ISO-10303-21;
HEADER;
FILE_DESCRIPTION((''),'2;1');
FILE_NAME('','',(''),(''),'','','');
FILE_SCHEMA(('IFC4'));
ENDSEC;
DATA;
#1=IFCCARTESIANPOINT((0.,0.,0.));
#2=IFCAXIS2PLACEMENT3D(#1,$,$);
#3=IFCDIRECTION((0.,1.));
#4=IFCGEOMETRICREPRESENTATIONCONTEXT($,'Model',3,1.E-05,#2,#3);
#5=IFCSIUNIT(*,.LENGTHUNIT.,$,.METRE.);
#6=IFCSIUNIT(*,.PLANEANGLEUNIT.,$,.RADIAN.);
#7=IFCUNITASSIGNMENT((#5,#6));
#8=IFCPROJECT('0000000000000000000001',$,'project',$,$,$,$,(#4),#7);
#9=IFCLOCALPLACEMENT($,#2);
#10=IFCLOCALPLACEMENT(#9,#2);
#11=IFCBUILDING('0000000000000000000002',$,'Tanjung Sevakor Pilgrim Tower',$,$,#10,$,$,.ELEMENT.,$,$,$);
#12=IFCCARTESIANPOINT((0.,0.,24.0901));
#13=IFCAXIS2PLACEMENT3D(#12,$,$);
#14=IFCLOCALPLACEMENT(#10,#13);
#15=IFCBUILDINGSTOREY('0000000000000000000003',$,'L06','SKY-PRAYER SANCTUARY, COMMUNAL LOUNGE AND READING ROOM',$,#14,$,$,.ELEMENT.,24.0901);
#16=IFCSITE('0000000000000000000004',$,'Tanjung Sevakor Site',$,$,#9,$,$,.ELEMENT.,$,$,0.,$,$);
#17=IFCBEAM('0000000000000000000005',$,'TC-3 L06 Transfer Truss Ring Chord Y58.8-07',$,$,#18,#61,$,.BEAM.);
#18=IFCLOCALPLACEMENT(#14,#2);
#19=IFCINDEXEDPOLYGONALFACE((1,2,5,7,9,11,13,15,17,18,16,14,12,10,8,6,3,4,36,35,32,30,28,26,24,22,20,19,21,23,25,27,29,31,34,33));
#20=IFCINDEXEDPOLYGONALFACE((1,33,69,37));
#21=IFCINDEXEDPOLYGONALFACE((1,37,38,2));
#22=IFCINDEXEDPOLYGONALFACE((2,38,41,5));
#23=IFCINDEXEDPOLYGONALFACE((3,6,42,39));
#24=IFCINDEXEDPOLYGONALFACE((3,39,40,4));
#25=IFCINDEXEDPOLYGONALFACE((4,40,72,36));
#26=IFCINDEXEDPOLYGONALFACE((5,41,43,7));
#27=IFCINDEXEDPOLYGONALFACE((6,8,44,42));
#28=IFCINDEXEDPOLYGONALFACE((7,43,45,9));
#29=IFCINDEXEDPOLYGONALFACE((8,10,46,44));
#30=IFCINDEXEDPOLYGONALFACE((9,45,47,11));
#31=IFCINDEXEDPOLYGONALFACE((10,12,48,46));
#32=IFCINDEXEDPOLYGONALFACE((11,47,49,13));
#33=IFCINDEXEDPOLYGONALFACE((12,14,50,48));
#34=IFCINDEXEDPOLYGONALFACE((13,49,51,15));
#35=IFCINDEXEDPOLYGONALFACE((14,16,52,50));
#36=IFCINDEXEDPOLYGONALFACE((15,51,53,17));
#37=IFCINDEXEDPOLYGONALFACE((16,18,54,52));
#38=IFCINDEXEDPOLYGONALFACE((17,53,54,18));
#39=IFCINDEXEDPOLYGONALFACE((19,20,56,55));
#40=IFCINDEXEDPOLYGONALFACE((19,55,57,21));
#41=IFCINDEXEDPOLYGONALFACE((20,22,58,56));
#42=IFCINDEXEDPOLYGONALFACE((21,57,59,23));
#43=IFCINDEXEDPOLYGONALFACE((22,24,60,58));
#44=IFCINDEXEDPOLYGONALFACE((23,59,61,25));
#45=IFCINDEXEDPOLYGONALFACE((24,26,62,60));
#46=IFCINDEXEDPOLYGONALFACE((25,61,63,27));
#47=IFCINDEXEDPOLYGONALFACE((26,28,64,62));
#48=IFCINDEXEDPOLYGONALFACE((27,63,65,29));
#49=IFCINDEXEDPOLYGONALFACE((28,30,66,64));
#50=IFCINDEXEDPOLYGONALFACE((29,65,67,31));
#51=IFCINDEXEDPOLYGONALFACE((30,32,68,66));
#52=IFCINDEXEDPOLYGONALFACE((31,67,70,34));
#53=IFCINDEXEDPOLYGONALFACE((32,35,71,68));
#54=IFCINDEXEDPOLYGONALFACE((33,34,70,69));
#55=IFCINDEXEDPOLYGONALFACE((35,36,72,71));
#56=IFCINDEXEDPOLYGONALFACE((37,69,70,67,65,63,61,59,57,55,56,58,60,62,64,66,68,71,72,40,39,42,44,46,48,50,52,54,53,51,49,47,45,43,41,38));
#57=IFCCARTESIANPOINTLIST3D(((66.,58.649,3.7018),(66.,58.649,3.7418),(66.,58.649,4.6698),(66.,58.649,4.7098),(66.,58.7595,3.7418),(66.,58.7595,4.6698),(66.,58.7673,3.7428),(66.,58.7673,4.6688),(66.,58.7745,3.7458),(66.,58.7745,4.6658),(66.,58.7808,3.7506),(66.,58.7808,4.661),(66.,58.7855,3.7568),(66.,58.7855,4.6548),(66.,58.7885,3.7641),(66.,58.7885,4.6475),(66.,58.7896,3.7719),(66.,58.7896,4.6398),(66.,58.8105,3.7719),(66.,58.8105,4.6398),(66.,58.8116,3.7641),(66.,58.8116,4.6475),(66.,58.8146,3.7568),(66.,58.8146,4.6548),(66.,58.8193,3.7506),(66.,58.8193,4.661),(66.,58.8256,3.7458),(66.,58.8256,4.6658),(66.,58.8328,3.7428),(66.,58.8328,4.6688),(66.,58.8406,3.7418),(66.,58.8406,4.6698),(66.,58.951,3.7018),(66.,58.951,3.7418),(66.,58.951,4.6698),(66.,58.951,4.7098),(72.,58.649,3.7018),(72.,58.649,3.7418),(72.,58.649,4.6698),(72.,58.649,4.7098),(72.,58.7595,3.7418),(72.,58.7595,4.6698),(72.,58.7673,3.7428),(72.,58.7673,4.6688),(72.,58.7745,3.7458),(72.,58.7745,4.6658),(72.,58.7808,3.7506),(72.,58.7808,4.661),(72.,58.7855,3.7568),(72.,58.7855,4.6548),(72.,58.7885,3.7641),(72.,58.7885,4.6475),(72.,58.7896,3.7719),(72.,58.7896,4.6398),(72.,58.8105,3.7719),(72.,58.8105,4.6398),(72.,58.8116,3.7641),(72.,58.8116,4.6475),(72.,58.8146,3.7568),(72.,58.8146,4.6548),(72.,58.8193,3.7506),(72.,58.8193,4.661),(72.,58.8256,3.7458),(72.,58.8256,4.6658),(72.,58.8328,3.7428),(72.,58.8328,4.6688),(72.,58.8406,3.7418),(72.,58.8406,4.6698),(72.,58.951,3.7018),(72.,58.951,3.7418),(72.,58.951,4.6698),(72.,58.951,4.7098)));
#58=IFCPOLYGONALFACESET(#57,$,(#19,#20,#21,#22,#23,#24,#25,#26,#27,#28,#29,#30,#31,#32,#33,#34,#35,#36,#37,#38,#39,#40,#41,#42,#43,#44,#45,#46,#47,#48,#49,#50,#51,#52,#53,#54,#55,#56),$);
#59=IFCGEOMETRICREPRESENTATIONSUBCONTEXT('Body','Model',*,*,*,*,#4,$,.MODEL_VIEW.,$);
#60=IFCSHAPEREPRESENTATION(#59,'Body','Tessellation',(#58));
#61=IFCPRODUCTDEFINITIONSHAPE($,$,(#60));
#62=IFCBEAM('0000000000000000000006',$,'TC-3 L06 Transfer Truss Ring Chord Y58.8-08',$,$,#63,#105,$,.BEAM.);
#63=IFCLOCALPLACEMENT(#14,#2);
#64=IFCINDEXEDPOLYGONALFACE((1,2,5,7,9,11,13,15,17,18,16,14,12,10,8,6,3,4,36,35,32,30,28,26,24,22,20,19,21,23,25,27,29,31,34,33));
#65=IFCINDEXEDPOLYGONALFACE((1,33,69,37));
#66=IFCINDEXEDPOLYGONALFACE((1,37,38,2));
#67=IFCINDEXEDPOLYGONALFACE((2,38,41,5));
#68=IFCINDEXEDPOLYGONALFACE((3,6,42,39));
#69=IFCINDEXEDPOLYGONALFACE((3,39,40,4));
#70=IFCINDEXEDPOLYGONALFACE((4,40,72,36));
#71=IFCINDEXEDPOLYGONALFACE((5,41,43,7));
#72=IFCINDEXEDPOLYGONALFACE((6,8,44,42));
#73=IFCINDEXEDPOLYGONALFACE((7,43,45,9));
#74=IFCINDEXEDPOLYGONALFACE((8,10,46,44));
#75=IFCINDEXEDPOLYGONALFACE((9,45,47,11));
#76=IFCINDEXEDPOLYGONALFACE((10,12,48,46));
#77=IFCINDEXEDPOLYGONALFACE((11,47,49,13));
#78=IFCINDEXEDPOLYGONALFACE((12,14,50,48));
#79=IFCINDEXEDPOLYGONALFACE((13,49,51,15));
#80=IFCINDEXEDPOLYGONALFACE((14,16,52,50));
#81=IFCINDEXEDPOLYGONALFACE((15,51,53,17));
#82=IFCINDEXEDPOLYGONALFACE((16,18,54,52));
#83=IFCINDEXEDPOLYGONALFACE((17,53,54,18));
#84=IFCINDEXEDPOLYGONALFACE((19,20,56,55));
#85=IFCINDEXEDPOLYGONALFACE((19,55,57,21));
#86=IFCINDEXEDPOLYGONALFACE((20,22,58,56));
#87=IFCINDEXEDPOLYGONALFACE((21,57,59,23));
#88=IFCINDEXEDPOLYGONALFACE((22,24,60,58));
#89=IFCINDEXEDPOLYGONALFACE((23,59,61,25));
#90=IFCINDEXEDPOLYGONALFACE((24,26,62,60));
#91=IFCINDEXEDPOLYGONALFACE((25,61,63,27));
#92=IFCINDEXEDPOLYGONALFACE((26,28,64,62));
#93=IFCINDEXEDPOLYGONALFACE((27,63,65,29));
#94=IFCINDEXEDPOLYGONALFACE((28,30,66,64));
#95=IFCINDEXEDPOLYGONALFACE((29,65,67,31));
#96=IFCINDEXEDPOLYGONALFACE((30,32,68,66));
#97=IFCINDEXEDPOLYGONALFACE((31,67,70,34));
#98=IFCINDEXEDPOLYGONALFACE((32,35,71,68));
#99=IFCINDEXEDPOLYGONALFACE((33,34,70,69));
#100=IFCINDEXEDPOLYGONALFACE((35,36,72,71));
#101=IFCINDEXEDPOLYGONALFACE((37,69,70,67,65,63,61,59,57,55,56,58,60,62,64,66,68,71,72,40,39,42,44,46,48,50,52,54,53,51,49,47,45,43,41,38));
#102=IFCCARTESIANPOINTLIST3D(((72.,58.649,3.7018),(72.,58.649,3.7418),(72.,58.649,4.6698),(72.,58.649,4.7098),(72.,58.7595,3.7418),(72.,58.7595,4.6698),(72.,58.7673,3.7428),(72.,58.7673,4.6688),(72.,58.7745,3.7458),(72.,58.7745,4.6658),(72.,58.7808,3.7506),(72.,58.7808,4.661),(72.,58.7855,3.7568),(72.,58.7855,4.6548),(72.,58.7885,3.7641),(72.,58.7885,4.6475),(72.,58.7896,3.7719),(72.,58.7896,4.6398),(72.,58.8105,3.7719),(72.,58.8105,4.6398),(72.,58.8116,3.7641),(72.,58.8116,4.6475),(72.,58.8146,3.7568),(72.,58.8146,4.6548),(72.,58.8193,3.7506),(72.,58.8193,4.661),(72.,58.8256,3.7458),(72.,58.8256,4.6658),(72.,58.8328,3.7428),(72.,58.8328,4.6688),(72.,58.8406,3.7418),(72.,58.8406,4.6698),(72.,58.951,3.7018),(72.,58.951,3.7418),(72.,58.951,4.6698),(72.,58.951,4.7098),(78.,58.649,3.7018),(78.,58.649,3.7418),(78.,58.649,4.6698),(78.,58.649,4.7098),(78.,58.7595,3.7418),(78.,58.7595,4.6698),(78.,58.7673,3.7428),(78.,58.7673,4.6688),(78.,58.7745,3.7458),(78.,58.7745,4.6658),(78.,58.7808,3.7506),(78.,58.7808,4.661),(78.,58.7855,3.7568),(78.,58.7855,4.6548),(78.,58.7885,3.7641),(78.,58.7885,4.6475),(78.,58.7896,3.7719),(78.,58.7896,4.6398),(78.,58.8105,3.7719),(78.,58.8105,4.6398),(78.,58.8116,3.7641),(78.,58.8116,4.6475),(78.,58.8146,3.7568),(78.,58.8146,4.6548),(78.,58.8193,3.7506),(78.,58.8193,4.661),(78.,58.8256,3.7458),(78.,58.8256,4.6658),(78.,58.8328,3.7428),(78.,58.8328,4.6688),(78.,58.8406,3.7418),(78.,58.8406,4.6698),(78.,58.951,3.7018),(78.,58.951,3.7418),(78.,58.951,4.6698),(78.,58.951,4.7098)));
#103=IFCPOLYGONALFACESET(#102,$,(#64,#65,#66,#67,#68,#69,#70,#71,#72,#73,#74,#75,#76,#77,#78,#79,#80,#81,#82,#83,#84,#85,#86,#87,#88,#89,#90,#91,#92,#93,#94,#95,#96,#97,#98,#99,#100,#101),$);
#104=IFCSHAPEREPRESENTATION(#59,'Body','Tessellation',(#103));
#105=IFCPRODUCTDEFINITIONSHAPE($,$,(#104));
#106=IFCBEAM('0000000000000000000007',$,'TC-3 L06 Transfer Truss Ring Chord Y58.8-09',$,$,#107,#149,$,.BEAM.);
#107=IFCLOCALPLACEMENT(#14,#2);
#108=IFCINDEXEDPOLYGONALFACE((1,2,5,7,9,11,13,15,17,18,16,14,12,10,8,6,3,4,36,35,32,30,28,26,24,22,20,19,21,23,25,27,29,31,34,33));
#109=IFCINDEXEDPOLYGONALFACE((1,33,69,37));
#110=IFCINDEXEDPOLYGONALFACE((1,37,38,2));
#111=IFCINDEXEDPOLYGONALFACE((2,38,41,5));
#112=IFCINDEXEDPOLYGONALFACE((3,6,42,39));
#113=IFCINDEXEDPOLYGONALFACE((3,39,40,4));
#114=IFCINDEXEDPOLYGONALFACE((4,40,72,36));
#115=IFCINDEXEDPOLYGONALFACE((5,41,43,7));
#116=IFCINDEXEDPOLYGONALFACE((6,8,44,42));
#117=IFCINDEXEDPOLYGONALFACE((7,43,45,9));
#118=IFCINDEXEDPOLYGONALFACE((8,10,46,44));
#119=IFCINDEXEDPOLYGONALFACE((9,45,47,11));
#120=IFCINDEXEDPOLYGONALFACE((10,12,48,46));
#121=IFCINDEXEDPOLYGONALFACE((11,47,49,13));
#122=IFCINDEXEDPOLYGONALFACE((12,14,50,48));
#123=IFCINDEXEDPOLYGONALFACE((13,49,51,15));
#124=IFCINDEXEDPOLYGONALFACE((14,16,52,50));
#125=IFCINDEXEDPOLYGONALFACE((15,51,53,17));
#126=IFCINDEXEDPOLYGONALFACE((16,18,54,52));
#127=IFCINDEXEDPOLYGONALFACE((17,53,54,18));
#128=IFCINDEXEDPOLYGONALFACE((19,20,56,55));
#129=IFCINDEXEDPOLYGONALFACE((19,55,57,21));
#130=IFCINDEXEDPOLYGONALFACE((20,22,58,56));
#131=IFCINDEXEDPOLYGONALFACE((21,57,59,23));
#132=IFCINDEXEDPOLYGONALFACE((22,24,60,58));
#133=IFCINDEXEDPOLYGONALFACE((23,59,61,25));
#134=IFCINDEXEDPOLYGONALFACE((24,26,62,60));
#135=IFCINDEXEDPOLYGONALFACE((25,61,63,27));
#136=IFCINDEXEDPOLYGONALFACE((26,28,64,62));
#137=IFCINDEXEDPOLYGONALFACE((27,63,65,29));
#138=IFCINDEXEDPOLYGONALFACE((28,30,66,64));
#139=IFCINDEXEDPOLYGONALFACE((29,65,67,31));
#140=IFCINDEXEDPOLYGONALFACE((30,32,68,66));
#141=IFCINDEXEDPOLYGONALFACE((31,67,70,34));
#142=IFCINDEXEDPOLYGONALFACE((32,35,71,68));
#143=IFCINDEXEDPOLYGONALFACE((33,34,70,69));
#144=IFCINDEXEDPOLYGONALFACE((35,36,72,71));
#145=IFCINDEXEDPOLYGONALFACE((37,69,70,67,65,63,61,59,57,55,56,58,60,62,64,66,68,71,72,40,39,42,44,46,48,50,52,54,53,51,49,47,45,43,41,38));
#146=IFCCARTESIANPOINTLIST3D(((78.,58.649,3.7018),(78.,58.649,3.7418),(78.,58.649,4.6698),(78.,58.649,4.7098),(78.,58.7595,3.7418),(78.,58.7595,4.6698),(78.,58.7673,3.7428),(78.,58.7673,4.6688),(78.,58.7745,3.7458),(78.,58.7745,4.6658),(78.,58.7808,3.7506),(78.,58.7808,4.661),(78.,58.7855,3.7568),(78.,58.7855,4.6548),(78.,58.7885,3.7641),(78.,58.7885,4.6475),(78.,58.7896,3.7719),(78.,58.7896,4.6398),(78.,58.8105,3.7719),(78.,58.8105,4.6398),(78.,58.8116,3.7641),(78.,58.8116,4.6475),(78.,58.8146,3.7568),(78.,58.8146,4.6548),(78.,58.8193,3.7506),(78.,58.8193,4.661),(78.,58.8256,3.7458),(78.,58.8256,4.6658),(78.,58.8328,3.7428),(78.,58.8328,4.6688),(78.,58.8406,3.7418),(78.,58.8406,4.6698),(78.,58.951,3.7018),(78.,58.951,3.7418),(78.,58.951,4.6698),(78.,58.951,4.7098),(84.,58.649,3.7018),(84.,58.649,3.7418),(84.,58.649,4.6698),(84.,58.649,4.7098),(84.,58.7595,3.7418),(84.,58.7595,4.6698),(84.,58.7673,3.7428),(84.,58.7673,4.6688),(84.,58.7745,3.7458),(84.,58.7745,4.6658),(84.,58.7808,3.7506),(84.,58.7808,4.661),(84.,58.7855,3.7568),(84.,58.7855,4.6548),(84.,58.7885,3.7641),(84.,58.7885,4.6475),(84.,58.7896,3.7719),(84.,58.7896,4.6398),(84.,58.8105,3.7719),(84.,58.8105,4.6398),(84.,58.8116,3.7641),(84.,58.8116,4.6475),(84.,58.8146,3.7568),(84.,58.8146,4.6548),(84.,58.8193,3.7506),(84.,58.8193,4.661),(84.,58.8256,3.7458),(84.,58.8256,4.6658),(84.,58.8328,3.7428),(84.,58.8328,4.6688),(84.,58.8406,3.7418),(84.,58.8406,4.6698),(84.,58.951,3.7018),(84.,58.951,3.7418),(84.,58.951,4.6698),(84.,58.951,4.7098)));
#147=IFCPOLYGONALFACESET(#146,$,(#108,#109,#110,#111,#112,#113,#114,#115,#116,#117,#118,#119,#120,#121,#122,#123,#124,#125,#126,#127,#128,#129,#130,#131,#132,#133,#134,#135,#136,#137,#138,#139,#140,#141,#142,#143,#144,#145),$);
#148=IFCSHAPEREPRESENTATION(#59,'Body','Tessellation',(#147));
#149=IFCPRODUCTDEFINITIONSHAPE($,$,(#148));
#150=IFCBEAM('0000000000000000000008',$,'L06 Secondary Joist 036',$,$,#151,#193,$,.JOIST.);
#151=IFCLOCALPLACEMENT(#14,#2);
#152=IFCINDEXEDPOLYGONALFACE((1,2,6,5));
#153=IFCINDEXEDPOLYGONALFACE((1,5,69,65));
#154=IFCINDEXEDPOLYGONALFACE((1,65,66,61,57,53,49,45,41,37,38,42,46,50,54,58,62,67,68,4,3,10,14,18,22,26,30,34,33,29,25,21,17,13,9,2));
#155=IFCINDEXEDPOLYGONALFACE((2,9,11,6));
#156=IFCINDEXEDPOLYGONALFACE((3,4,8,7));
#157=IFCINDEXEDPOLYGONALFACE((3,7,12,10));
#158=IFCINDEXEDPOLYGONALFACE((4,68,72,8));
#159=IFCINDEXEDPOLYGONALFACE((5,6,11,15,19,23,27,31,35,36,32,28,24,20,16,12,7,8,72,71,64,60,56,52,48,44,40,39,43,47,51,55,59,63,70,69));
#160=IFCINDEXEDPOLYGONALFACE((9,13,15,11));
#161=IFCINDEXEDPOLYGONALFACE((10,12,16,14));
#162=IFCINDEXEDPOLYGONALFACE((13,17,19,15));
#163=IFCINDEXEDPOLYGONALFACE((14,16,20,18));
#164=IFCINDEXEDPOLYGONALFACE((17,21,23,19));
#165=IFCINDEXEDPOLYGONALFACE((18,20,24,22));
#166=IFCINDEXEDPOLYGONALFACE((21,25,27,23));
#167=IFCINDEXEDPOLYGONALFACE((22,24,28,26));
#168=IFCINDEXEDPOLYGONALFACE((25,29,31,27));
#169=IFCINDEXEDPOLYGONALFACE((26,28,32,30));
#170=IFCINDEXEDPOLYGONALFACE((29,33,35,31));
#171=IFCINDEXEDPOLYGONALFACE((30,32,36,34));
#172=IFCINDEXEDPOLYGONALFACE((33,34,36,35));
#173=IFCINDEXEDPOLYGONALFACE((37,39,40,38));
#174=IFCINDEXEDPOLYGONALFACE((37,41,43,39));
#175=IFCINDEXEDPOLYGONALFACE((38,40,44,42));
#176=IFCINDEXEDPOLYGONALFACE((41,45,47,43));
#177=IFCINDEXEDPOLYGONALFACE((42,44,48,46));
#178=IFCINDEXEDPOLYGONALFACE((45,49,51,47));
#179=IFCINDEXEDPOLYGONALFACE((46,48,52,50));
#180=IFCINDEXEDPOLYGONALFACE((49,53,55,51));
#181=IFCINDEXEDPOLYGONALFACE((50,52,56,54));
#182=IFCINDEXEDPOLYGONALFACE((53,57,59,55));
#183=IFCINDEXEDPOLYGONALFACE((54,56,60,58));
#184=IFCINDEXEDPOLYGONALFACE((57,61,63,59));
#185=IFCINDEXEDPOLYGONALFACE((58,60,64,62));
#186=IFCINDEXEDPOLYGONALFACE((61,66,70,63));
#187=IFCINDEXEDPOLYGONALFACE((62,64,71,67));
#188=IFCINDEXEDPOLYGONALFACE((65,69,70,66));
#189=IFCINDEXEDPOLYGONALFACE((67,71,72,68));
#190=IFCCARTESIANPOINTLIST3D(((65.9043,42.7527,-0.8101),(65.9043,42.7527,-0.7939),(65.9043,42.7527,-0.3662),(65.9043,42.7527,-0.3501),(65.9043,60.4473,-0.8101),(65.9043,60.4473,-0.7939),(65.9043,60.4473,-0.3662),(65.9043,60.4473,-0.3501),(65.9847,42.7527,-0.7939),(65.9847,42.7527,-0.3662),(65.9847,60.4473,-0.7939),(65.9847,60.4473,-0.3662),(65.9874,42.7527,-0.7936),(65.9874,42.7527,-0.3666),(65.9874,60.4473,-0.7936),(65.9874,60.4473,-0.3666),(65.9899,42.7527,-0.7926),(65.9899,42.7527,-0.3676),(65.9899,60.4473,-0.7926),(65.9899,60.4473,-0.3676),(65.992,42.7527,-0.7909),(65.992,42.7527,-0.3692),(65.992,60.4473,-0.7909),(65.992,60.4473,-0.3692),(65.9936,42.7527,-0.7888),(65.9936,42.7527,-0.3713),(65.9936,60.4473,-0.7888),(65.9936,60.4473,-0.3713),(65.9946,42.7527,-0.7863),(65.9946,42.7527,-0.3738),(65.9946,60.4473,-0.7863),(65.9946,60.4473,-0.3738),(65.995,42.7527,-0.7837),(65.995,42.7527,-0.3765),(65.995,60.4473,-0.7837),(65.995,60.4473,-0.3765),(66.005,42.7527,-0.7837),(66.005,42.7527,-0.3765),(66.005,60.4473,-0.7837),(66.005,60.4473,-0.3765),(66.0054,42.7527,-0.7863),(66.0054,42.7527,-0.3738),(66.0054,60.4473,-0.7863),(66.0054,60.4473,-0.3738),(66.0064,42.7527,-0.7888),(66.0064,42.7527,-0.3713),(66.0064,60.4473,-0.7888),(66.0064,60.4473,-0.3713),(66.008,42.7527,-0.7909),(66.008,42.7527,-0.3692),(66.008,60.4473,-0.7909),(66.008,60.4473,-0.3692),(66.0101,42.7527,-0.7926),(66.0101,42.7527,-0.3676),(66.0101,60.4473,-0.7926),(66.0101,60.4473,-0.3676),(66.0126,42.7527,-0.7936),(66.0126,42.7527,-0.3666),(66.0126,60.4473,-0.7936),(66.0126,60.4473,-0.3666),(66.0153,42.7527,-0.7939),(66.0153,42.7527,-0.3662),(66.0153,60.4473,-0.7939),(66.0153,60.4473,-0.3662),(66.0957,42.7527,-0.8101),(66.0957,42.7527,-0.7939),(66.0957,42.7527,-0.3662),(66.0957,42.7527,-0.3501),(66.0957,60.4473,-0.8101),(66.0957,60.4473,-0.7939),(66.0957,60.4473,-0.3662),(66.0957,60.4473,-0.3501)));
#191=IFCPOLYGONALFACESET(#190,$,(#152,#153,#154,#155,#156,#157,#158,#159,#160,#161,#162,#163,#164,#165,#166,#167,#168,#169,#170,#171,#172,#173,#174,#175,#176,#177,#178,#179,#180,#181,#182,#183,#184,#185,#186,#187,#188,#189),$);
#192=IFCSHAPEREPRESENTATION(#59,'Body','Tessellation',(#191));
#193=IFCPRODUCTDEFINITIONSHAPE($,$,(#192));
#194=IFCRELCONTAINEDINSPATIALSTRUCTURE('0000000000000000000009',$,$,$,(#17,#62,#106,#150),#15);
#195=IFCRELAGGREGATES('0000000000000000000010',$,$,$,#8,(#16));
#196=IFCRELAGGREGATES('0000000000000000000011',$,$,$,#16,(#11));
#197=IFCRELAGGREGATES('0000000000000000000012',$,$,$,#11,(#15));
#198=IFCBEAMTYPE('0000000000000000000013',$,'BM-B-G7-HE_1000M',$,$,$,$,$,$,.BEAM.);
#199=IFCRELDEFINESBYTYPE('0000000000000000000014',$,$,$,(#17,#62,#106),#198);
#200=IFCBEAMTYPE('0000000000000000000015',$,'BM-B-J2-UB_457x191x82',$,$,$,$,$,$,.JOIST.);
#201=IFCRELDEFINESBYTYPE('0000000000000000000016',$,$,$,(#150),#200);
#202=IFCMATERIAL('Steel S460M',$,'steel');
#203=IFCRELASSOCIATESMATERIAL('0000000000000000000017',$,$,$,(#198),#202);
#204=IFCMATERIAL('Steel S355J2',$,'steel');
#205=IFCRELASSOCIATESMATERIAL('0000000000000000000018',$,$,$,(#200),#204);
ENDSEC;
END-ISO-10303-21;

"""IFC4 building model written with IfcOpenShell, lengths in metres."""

from ifc_helpers import new_model, si_unit, direction, frame, origin, origin_2d, place, context, subcontext, project, spatial, i_section, extrude, material, material_profile, profile_set, type_object, element, save


model = new_model("IFC4")

# Units and contexts
model_context = context("Model", 3, precision=1e-05, world=origin(), true_north=direction((0.0, 1.0)))
body_context = subcontext(model_context, "Body", "Model", "MODEL_VIEW")
ifc_project = project(units=[si_unit("LENGTHUNIT", "METRE"), si_unit("PLANEANGLEUNIT", "RADIAN")], contexts=[model_context])

# Site, building, storey
site_placement = place(None, origin())
site = spatial("IfcSite", under=ifc_project, at=site_placement, Name="Tanjung Sevakor Site", CompositionType="ELEMENT", RefElevation=0.0)
building_placement = place(site_placement, origin())
building = spatial("IfcBuilding", under=site, at=building_placement, Name="Tanjung Sevakor Pilgrim Tower", CompositionType="ELEMENT")
storey_placement = place(building_placement, frame((0.0, 0.0, 24.0901)))
storey = spatial("IfcBuildingStorey", under=building, at=storey_placement, Name="L06", Description="SKY-PRAYER SANCTUARY, COMMUNAL LOUNGE AND READING ROOM", CompositionType="ELEMENT", Elevation=24.0901)

# Beams
ifc_material_1 = material(Name="Steel S460M", Category="steel")
ifc_material_profile_1 = material_profile(ifc_material_1, i_section(OverallWidth=0.302, OverallDepth=1.0081, WebThickness=0.021, FlangeThickness=0.04, FilletRadius=0.03, at=origin_2d()))
ifc_profile_set_1 = profile_set([ifc_material_profile_1], Name="Steel S460M")
beam_type_1 = type_object("IfcBeamType", Name="BM-B-G7-HE_1000M", PredefinedType="BEAM", material=ifc_profile_set_1)
for number, where, z_axis, x_axis, name in (
    (1, (66.0, 58.8, 4.2058), (1.0, 0.0, 0.0), (0.0, 1.0, 0.0), "TC-3 L06 Transfer Truss Ring Chord Y58.8-07"),
    (2, (72.0, 58.8, 4.2058), (1.0, 0.0, 0.0), (0.0, 1.0, 0.0), "TC-3 L06 Transfer Truss Ring Chord Y58.8-08"),
    (3, (78.0, 58.8, 4.2058), (1.0, 0.0, 0.0), (0.0, 1.0, 0.0), "TC-3 L06 Transfer Truss Ring Chord Y58.8-09"),
):
    element("IfcBeam", number, at=place(storey_placement, frame(where, z_axis=z_axis, x_axis=x_axis)), inside=storey, type_object=beam_type_1, Name=name, PredefinedType="BEAM", context=body_context, shape_type="SweptSolid", body=[
        extrude(i_section(OverallWidth=0.302, OverallDepth=1.0081, WebThickness=0.021, FlangeThickness=0.04, FilletRadius=0.03, at=origin_2d()), origin(), (0.0, 0.0, 1.0), 6.0),
    ])
ifc_material_2 = material(Name="Steel S355J2", Category="steel")
ifc_material_profile_2 = material_profile(ifc_material_2, i_section(OverallWidth=0.1914, OverallDepth=0.46, WebThickness=0.01, FlangeThickness=0.0161, FilletRadius=0.0103, at=origin_2d()))
ifc_profile_set_2 = profile_set([ifc_material_profile_2], Name="Steel S355J2")
beam_type_2 = type_object("IfcBeamType", Name="BM-B-J2-UB_457x191x82", PredefinedType="JOIST", material=ifc_profile_set_2)
for number, where, z_axis, x_axis, name in (
    (4, (66.0, 42.7527, -0.5801), (0.0, 1.0, 0.0), (-1.0, 0.0, 0.0), "L06 Secondary Joist 036"),
):
    element("IfcBeam", number, at=place(storey_placement, frame(where, z_axis=z_axis, x_axis=x_axis)), inside=storey, type_object=beam_type_2, Name=name, PredefinedType="JOIST", context=body_context, shape_type="SweptSolid", body=[
        extrude(i_section(OverallWidth=0.1914, OverallDepth=0.46, WebThickness=0.01, FlangeThickness=0.0161, FilletRadius=0.0103, at=origin_2d()), origin(), (0.0, 0.0, 1.0), 17.6946),
    ])

save(model, "model.ifc")
